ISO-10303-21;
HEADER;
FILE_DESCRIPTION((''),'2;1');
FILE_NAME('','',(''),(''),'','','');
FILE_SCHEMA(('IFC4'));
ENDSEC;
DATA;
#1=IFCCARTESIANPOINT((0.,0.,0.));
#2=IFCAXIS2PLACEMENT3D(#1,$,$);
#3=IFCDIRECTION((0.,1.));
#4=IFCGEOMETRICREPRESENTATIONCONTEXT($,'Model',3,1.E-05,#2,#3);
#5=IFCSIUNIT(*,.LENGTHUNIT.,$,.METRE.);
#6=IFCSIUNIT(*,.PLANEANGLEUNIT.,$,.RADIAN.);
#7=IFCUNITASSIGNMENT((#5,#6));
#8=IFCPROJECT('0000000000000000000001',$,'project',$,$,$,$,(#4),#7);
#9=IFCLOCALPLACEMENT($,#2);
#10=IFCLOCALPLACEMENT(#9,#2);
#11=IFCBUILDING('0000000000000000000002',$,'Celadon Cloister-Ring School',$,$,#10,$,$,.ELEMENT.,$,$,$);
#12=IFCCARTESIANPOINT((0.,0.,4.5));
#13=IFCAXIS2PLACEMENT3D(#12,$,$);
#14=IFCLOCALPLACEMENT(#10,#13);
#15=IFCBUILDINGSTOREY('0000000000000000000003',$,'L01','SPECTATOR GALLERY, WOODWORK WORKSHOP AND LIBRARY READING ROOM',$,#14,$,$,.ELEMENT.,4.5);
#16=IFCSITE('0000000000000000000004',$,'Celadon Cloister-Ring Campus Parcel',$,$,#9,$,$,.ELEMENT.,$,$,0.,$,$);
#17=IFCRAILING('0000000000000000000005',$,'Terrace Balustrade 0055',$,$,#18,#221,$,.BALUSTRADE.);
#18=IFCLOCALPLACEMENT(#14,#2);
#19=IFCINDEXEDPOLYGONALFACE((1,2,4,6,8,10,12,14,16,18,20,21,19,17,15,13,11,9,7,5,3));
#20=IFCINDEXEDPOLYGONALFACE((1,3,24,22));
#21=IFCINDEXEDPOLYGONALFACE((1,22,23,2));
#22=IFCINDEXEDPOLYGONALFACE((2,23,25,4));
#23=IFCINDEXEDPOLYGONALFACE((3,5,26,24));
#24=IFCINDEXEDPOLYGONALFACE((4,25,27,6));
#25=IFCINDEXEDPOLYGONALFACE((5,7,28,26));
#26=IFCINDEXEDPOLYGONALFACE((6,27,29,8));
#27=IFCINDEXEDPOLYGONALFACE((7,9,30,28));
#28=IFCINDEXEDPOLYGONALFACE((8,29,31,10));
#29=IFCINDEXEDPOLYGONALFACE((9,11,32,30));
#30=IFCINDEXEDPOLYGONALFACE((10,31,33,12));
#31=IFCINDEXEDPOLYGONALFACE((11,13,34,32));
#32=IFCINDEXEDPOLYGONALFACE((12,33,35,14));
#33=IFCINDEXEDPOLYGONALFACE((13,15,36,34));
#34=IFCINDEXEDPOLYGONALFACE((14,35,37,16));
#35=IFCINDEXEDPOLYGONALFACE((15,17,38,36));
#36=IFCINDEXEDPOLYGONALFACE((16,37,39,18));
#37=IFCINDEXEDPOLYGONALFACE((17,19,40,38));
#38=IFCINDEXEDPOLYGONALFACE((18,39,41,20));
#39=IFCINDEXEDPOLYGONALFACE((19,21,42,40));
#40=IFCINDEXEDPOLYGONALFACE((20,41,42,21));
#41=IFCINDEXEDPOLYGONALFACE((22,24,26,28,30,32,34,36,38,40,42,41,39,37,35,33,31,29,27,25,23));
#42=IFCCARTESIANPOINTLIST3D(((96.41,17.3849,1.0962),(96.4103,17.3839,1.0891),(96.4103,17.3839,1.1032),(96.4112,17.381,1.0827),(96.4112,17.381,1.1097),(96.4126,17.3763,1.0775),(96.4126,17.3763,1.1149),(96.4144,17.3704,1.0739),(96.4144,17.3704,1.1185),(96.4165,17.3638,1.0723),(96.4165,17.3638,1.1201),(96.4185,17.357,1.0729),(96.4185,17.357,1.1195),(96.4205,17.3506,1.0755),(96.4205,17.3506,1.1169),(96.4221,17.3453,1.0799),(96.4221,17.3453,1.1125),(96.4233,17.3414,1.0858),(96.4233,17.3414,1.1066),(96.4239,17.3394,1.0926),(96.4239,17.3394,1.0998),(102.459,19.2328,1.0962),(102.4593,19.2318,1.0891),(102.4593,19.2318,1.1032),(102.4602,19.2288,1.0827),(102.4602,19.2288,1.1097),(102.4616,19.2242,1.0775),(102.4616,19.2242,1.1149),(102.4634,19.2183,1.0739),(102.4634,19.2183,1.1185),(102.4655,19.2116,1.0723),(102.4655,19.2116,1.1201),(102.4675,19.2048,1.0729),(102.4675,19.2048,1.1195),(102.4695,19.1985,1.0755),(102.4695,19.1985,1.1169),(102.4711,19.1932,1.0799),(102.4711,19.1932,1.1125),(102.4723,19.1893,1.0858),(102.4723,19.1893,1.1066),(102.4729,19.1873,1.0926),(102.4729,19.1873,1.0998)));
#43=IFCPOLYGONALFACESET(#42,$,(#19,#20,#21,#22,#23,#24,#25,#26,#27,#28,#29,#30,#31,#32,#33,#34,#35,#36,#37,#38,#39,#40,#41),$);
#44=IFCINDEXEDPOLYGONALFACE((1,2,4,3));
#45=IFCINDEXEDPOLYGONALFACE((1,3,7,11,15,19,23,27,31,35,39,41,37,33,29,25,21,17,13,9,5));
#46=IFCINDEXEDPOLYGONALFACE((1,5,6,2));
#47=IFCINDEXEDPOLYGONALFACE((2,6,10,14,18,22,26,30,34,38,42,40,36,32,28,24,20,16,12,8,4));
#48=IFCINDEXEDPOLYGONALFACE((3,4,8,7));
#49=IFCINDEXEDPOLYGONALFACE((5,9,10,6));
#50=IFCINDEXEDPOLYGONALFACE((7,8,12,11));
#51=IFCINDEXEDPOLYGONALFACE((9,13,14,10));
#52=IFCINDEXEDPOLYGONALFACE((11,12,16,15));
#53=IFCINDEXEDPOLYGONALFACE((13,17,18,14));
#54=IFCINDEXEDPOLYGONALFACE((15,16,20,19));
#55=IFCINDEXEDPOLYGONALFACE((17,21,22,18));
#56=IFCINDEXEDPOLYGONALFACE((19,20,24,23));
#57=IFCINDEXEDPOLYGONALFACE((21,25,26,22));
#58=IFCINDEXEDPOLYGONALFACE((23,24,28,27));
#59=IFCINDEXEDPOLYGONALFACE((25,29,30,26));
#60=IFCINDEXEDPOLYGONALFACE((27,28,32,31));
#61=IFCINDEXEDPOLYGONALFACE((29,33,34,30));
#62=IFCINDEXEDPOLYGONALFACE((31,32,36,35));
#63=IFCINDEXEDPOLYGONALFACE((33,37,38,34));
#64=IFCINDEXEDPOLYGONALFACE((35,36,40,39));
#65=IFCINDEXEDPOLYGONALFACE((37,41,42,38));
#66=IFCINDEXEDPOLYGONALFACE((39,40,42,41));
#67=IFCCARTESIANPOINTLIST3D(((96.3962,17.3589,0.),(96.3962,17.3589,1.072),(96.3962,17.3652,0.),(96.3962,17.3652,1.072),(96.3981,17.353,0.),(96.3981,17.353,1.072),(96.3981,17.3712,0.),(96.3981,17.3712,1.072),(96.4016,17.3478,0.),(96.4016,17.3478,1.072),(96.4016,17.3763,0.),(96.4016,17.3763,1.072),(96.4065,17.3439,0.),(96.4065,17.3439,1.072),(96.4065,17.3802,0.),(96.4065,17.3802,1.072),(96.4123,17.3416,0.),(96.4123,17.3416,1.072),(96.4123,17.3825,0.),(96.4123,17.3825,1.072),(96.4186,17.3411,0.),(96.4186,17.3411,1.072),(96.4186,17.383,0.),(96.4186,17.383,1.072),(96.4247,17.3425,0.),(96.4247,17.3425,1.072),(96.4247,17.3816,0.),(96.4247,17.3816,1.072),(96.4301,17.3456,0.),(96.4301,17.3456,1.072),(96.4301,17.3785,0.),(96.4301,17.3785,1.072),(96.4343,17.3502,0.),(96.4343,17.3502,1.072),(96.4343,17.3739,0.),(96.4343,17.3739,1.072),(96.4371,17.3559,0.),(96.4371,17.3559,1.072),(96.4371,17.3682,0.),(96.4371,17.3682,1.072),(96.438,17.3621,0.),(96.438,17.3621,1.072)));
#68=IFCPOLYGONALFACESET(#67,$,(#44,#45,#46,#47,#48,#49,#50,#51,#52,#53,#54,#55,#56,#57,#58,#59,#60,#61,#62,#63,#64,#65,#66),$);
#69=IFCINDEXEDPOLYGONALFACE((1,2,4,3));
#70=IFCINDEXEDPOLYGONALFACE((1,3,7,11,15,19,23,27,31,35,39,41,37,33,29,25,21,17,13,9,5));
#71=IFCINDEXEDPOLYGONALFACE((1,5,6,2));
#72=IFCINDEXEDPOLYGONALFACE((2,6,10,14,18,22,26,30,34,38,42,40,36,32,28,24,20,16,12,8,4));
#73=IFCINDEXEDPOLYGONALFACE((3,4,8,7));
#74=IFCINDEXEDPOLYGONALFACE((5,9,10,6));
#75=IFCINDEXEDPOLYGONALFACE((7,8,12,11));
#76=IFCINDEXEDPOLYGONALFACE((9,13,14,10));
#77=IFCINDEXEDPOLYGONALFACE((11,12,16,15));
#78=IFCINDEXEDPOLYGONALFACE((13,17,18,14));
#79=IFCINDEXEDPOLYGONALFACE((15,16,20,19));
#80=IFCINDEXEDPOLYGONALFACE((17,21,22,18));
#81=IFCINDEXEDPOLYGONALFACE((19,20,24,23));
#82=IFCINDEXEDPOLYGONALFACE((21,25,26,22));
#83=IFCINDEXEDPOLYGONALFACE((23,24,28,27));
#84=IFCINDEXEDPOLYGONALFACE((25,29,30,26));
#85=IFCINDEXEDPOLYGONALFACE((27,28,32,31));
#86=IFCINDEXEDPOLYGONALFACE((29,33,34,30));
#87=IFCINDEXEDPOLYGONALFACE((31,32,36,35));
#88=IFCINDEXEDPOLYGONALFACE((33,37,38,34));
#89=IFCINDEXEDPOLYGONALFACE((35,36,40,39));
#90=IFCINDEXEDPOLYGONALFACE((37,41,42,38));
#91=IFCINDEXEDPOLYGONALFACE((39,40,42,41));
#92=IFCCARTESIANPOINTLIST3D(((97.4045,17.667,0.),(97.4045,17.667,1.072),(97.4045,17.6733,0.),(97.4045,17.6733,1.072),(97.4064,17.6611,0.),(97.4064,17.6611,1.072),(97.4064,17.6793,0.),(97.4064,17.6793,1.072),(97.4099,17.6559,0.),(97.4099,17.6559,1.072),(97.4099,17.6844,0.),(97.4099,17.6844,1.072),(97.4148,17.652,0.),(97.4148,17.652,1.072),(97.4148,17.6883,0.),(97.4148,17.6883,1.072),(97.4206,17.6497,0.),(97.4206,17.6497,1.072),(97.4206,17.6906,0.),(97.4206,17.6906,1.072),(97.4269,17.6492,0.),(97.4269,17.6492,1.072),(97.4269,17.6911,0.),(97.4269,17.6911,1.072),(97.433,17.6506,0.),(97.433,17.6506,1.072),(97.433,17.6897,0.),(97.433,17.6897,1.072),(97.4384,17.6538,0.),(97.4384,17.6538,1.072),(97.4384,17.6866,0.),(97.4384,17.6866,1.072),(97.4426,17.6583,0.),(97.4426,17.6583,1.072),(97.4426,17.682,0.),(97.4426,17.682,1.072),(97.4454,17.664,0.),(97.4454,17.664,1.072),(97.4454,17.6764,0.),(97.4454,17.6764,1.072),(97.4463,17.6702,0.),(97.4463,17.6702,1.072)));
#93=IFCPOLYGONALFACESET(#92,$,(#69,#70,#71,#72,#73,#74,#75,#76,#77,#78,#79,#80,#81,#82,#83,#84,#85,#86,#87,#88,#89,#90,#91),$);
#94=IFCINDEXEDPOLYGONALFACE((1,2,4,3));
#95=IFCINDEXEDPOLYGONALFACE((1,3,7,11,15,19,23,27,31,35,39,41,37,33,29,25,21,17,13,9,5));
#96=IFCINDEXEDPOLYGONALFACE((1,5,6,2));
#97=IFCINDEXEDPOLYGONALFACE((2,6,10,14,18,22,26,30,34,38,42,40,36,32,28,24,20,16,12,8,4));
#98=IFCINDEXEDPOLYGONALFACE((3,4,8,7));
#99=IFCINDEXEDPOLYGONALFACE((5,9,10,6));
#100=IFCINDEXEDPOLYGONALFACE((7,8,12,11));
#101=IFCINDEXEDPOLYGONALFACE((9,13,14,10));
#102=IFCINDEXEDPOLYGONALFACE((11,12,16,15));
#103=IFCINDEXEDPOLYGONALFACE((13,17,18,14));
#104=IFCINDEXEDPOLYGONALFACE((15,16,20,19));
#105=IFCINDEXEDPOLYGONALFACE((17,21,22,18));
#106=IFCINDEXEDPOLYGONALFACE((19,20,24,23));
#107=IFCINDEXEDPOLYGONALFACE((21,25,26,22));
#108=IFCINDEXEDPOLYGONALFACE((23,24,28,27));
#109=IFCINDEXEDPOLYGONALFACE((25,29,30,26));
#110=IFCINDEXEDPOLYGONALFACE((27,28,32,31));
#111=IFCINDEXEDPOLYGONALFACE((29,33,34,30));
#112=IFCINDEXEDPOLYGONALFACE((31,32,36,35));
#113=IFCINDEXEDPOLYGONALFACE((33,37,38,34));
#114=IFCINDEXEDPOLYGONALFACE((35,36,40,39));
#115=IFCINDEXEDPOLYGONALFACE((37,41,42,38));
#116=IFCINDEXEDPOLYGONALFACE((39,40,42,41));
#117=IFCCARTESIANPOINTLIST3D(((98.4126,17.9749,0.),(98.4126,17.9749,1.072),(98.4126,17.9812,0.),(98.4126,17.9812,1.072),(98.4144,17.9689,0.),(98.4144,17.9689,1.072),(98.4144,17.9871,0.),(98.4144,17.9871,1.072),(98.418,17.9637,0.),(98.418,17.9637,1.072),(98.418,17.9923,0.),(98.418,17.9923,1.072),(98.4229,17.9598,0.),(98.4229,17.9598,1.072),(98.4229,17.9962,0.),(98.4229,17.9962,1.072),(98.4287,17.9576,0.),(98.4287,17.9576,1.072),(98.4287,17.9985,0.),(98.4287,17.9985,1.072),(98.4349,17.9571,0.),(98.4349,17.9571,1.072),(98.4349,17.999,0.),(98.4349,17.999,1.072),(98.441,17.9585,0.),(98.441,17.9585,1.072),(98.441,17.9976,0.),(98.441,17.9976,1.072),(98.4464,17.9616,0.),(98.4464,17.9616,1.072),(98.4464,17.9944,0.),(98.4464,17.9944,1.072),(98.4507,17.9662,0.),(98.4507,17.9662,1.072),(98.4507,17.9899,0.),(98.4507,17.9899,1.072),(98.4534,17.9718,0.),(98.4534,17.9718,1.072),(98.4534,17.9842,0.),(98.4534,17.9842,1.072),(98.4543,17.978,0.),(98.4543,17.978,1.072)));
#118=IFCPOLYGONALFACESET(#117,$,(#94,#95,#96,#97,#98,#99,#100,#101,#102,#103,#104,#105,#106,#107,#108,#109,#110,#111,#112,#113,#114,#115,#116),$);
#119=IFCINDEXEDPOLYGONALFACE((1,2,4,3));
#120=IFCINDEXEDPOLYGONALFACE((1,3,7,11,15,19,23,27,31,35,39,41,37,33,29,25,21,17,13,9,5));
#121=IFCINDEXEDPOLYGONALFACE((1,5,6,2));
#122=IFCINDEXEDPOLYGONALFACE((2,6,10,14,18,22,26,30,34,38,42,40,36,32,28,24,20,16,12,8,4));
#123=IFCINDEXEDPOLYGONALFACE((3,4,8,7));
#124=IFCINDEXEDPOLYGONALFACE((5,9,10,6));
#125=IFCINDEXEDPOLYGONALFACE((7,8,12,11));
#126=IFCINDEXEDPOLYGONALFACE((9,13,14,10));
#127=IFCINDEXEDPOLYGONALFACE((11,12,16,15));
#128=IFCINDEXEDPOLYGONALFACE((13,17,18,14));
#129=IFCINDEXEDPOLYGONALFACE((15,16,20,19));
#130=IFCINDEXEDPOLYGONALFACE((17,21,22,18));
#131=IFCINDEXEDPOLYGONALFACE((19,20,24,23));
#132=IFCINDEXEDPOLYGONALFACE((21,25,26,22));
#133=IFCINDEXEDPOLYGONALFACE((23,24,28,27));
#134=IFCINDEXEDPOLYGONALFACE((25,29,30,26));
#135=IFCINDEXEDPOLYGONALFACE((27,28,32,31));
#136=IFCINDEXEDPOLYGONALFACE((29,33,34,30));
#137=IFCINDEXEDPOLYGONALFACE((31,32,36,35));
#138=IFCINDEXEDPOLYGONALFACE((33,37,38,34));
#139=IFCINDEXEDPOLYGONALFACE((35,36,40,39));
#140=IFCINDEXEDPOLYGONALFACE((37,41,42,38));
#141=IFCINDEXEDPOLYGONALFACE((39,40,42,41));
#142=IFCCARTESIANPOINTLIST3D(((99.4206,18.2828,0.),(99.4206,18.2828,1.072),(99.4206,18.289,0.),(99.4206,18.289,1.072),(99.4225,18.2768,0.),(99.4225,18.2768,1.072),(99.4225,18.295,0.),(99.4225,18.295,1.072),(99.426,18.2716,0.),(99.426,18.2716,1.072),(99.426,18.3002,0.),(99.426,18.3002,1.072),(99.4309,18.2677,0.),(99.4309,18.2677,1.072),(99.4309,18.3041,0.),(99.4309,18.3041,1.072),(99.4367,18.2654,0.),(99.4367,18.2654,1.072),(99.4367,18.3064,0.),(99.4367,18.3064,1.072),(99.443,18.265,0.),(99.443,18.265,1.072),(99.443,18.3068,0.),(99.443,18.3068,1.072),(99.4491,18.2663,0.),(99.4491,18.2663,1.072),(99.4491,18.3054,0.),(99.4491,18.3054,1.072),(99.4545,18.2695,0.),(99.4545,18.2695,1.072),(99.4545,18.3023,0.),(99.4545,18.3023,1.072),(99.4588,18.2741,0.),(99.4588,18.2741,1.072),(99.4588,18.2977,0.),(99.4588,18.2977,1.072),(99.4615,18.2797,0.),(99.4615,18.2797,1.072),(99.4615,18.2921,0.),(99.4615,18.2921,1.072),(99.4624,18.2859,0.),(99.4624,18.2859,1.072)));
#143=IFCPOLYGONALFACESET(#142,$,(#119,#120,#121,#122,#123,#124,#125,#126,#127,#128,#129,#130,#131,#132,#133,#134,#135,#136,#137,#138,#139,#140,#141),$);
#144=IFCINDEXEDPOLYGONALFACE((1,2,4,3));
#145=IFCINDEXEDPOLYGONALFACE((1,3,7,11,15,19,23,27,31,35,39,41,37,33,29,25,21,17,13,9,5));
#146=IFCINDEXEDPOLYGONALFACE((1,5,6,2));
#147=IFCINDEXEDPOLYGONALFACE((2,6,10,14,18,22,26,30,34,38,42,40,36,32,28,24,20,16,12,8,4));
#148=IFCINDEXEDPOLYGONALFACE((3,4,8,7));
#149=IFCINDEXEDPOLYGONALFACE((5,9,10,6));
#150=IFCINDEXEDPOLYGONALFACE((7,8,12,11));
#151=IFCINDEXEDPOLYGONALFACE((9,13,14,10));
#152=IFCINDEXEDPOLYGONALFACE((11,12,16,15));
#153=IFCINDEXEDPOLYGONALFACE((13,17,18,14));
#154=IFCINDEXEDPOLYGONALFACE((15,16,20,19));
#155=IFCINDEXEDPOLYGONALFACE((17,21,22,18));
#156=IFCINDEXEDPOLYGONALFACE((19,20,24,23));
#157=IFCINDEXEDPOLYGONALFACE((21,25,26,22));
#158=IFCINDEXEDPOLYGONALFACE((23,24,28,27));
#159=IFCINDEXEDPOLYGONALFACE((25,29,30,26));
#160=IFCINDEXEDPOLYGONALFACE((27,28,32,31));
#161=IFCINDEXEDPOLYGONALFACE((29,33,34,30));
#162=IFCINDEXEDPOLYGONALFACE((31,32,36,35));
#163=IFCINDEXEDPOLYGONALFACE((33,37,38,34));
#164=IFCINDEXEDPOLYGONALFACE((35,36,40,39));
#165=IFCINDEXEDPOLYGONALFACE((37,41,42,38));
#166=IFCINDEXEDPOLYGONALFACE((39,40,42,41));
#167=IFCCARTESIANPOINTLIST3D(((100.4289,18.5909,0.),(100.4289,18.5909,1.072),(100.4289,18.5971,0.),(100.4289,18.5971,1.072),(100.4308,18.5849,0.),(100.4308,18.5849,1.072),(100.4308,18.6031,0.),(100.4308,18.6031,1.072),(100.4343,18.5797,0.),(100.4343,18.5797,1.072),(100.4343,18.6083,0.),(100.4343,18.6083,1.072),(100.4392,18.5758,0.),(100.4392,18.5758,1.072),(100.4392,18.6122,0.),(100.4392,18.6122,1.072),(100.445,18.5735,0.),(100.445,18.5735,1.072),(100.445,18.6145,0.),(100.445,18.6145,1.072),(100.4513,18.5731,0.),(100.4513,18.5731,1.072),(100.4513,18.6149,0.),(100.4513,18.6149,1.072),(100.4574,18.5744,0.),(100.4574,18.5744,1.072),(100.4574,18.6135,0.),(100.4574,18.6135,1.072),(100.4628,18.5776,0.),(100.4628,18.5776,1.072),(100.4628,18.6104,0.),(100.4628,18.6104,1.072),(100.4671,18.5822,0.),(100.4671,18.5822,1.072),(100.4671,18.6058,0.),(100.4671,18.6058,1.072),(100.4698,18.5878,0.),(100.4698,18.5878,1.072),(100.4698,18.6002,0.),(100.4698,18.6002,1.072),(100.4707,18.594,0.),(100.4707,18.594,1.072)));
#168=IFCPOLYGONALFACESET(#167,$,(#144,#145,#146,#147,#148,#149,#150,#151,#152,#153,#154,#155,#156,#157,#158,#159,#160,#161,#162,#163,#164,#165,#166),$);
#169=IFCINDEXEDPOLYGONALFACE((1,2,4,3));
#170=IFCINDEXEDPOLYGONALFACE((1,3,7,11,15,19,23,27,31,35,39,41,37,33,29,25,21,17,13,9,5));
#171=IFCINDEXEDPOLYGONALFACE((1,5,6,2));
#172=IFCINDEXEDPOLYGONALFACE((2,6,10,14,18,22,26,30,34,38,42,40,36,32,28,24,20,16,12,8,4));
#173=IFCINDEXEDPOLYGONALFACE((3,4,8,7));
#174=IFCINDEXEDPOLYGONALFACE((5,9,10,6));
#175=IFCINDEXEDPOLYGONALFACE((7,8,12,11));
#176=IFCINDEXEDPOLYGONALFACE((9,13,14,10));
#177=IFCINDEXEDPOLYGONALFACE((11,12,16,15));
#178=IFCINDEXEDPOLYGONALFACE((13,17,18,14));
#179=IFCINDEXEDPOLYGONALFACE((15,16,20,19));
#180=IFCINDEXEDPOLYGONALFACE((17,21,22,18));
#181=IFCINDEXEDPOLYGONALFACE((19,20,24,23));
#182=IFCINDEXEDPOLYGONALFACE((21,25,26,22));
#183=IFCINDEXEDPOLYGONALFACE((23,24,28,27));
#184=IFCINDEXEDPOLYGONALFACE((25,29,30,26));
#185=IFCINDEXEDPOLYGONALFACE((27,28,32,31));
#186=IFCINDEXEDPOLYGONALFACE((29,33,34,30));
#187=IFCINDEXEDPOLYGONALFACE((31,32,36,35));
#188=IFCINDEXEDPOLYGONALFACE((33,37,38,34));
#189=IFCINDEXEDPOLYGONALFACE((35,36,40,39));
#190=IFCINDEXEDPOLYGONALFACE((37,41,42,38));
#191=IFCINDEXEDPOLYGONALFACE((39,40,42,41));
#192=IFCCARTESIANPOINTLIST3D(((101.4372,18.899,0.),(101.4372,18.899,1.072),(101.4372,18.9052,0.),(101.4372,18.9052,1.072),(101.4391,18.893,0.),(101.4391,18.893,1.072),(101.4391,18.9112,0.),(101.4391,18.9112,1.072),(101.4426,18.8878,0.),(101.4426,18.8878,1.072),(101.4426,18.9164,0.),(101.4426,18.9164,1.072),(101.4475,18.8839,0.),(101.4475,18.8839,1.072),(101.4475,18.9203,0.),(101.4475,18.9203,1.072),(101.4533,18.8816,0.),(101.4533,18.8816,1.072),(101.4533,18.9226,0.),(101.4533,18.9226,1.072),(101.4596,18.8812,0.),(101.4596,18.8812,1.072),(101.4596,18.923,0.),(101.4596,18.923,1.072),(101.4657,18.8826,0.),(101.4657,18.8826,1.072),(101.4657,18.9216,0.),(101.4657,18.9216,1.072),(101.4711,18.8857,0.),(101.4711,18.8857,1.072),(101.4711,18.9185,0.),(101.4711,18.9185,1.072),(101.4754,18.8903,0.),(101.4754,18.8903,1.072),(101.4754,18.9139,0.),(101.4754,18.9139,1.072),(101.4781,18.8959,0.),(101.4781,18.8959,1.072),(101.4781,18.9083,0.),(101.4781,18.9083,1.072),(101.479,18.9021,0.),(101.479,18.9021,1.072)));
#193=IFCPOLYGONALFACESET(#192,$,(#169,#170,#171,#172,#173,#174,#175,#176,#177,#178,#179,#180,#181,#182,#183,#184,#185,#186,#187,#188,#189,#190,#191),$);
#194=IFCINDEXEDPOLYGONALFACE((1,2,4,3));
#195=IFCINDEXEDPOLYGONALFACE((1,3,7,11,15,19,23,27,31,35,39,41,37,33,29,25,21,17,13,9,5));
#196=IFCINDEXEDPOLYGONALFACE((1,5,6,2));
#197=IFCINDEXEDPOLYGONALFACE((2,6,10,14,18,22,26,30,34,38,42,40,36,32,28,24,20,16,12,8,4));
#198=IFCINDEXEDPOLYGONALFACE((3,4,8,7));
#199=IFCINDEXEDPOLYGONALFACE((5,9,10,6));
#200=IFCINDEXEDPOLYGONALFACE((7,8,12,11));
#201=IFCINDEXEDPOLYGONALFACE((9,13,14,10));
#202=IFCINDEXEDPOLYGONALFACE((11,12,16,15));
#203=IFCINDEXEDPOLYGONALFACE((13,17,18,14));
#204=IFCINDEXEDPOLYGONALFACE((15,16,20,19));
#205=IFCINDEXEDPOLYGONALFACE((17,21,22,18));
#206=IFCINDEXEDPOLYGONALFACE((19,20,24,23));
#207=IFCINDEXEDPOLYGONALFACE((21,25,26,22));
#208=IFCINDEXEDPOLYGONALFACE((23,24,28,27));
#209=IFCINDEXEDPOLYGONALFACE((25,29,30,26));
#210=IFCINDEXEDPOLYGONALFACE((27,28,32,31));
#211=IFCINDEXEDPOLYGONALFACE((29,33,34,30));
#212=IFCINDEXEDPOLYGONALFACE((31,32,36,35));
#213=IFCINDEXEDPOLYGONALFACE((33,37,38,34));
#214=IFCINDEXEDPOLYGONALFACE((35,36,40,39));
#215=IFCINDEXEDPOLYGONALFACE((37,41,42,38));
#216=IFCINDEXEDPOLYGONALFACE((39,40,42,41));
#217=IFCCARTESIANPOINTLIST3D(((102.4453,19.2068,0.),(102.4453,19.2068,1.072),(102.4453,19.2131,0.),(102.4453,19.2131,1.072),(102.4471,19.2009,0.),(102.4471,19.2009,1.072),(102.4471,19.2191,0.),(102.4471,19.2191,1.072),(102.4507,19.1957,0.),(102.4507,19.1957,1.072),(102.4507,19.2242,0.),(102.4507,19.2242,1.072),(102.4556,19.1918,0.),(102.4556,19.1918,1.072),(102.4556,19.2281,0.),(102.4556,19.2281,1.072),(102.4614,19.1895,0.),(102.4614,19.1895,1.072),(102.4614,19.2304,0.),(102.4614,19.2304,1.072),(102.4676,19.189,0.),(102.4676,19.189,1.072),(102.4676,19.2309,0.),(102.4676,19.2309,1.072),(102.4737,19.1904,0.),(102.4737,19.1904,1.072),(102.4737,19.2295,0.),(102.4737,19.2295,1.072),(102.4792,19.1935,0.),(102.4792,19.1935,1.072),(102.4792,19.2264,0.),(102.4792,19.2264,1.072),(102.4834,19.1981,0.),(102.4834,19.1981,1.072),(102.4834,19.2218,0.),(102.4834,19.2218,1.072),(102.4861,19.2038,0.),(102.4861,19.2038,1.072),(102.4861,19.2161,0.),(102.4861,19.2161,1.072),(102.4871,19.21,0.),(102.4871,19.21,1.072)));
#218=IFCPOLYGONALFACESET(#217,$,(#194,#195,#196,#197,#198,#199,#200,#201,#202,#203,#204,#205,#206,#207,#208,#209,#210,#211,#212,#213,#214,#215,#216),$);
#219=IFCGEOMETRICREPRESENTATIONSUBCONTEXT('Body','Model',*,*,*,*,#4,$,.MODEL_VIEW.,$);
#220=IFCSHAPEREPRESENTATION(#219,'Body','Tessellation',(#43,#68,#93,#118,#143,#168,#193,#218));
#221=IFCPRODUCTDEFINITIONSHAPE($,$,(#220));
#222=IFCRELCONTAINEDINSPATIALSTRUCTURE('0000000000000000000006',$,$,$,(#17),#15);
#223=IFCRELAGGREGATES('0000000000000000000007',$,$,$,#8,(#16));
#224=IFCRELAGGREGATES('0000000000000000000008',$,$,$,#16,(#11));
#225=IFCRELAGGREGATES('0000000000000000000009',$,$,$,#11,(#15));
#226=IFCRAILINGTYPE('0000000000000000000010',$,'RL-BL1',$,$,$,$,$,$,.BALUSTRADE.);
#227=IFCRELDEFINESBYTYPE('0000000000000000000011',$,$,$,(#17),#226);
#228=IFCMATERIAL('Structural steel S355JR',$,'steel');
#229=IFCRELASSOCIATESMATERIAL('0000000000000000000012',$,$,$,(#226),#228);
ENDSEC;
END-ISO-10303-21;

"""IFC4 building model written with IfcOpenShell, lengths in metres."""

from ifc_helpers import new_model, si_unit, direction, frame, origin, origin_2d, place, context, subcontext, project, spatial, circle, extrude, material, type_object, element, save


model = new_model("IFC4")

# Units and contexts
model_context = context("Model", 3, precision=1e-05, world=origin(), true_north=direction((0.0, 1.0)))
body_context = subcontext(model_context, "Body", "Model", "MODEL_VIEW")
ifc_project = project(units=[si_unit("LENGTHUNIT", "METRE"), si_unit("PLANEANGLEUNIT", "RADIAN")], contexts=[model_context])

# Site, building, storey
site_placement = place(None, origin())
site = spatial("IfcSite", under=ifc_project, at=site_placement, Name="Celadon Cloister-Ring Campus Parcel", CompositionType="ELEMENT", RefElevation=0.0)
building_placement = place(site_placement, origin())
building = spatial("IfcBuilding", under=site, at=building_placement, Name="Celadon Cloister-Ring School", CompositionType="ELEMENT")
storey_placement = place(building_placement, frame((0.0, 0.0, 4.5)))
storey = spatial("IfcBuildingStorey", under=building, at=storey_placement, Name="L01", Description="SPECTATOR GALLERY, WOODWORK WORKSHOP AND LIBRARY READING ROOM", CompositionType="ELEMENT", Elevation=4.5)

# Railing
ifc_material_1 = material(Name="Structural steel S355JR", Category="steel")
railing_type = type_object("IfcRailingType", Name="RL-BL1", PredefinedType="BALUSTRADE", material=ifc_material_1)
railing_1_placement = place(storey_placement, frame((96.417, 17.3621, 0.0)))
element("IfcRailing", 1, at=railing_1_placement, inside=storey, type_object=railing_type, Name="Terrace Balustrade 0055", PredefinedType="BALUSTRADE", context=body_context, shape_type="SweptSolid", body=[
    extrude(circle(Radius=0.0239, at=origin_2d()), frame((0.0, 0.0, 1.0962), z_axis=(0.95637, 0.292157, 0.0), x_axis=(-0.292157, 0.95637, 0.0)), (0.0, 0.0, 1.0), 6.325),
    extrude(circle(Radius=0.021, at=origin_2d()), origin(), (0.0, 0.0, 1.0), 1.072),
    extrude(circle(Radius=0.021, at=origin_2d()), frame((1.0083, 0.3081, 0.0)), (0.0, 0.0, 1.0), 1.072),
    extrude(circle(Radius=0.021, at=origin_2d()), frame((2.0164, 0.616, 0.0)), (0.0, 0.0, 1.0), 1.072),
    extrude(circle(Radius=0.021, at=origin_2d()), frame((3.0244, 0.9238, 0.0)), (0.0, 0.0, 1.0), 1.072),
    extrude(circle(Radius=0.021, at=origin_2d()), frame((4.0327, 1.2319, 0.0)), (0.0, 0.0, 1.0), 1.072),
    extrude(circle(Radius=0.021, at=origin_2d()), frame((5.041, 1.54, 0.0)), (0.0, 0.0, 1.0), 1.072),
    extrude(circle(Radius=0.021, at=origin_2d()), frame((6.0491, 1.8479, 0.0)), (0.0, 0.0, 1.0), 1.072),
])

save(model, "model.ifc")
